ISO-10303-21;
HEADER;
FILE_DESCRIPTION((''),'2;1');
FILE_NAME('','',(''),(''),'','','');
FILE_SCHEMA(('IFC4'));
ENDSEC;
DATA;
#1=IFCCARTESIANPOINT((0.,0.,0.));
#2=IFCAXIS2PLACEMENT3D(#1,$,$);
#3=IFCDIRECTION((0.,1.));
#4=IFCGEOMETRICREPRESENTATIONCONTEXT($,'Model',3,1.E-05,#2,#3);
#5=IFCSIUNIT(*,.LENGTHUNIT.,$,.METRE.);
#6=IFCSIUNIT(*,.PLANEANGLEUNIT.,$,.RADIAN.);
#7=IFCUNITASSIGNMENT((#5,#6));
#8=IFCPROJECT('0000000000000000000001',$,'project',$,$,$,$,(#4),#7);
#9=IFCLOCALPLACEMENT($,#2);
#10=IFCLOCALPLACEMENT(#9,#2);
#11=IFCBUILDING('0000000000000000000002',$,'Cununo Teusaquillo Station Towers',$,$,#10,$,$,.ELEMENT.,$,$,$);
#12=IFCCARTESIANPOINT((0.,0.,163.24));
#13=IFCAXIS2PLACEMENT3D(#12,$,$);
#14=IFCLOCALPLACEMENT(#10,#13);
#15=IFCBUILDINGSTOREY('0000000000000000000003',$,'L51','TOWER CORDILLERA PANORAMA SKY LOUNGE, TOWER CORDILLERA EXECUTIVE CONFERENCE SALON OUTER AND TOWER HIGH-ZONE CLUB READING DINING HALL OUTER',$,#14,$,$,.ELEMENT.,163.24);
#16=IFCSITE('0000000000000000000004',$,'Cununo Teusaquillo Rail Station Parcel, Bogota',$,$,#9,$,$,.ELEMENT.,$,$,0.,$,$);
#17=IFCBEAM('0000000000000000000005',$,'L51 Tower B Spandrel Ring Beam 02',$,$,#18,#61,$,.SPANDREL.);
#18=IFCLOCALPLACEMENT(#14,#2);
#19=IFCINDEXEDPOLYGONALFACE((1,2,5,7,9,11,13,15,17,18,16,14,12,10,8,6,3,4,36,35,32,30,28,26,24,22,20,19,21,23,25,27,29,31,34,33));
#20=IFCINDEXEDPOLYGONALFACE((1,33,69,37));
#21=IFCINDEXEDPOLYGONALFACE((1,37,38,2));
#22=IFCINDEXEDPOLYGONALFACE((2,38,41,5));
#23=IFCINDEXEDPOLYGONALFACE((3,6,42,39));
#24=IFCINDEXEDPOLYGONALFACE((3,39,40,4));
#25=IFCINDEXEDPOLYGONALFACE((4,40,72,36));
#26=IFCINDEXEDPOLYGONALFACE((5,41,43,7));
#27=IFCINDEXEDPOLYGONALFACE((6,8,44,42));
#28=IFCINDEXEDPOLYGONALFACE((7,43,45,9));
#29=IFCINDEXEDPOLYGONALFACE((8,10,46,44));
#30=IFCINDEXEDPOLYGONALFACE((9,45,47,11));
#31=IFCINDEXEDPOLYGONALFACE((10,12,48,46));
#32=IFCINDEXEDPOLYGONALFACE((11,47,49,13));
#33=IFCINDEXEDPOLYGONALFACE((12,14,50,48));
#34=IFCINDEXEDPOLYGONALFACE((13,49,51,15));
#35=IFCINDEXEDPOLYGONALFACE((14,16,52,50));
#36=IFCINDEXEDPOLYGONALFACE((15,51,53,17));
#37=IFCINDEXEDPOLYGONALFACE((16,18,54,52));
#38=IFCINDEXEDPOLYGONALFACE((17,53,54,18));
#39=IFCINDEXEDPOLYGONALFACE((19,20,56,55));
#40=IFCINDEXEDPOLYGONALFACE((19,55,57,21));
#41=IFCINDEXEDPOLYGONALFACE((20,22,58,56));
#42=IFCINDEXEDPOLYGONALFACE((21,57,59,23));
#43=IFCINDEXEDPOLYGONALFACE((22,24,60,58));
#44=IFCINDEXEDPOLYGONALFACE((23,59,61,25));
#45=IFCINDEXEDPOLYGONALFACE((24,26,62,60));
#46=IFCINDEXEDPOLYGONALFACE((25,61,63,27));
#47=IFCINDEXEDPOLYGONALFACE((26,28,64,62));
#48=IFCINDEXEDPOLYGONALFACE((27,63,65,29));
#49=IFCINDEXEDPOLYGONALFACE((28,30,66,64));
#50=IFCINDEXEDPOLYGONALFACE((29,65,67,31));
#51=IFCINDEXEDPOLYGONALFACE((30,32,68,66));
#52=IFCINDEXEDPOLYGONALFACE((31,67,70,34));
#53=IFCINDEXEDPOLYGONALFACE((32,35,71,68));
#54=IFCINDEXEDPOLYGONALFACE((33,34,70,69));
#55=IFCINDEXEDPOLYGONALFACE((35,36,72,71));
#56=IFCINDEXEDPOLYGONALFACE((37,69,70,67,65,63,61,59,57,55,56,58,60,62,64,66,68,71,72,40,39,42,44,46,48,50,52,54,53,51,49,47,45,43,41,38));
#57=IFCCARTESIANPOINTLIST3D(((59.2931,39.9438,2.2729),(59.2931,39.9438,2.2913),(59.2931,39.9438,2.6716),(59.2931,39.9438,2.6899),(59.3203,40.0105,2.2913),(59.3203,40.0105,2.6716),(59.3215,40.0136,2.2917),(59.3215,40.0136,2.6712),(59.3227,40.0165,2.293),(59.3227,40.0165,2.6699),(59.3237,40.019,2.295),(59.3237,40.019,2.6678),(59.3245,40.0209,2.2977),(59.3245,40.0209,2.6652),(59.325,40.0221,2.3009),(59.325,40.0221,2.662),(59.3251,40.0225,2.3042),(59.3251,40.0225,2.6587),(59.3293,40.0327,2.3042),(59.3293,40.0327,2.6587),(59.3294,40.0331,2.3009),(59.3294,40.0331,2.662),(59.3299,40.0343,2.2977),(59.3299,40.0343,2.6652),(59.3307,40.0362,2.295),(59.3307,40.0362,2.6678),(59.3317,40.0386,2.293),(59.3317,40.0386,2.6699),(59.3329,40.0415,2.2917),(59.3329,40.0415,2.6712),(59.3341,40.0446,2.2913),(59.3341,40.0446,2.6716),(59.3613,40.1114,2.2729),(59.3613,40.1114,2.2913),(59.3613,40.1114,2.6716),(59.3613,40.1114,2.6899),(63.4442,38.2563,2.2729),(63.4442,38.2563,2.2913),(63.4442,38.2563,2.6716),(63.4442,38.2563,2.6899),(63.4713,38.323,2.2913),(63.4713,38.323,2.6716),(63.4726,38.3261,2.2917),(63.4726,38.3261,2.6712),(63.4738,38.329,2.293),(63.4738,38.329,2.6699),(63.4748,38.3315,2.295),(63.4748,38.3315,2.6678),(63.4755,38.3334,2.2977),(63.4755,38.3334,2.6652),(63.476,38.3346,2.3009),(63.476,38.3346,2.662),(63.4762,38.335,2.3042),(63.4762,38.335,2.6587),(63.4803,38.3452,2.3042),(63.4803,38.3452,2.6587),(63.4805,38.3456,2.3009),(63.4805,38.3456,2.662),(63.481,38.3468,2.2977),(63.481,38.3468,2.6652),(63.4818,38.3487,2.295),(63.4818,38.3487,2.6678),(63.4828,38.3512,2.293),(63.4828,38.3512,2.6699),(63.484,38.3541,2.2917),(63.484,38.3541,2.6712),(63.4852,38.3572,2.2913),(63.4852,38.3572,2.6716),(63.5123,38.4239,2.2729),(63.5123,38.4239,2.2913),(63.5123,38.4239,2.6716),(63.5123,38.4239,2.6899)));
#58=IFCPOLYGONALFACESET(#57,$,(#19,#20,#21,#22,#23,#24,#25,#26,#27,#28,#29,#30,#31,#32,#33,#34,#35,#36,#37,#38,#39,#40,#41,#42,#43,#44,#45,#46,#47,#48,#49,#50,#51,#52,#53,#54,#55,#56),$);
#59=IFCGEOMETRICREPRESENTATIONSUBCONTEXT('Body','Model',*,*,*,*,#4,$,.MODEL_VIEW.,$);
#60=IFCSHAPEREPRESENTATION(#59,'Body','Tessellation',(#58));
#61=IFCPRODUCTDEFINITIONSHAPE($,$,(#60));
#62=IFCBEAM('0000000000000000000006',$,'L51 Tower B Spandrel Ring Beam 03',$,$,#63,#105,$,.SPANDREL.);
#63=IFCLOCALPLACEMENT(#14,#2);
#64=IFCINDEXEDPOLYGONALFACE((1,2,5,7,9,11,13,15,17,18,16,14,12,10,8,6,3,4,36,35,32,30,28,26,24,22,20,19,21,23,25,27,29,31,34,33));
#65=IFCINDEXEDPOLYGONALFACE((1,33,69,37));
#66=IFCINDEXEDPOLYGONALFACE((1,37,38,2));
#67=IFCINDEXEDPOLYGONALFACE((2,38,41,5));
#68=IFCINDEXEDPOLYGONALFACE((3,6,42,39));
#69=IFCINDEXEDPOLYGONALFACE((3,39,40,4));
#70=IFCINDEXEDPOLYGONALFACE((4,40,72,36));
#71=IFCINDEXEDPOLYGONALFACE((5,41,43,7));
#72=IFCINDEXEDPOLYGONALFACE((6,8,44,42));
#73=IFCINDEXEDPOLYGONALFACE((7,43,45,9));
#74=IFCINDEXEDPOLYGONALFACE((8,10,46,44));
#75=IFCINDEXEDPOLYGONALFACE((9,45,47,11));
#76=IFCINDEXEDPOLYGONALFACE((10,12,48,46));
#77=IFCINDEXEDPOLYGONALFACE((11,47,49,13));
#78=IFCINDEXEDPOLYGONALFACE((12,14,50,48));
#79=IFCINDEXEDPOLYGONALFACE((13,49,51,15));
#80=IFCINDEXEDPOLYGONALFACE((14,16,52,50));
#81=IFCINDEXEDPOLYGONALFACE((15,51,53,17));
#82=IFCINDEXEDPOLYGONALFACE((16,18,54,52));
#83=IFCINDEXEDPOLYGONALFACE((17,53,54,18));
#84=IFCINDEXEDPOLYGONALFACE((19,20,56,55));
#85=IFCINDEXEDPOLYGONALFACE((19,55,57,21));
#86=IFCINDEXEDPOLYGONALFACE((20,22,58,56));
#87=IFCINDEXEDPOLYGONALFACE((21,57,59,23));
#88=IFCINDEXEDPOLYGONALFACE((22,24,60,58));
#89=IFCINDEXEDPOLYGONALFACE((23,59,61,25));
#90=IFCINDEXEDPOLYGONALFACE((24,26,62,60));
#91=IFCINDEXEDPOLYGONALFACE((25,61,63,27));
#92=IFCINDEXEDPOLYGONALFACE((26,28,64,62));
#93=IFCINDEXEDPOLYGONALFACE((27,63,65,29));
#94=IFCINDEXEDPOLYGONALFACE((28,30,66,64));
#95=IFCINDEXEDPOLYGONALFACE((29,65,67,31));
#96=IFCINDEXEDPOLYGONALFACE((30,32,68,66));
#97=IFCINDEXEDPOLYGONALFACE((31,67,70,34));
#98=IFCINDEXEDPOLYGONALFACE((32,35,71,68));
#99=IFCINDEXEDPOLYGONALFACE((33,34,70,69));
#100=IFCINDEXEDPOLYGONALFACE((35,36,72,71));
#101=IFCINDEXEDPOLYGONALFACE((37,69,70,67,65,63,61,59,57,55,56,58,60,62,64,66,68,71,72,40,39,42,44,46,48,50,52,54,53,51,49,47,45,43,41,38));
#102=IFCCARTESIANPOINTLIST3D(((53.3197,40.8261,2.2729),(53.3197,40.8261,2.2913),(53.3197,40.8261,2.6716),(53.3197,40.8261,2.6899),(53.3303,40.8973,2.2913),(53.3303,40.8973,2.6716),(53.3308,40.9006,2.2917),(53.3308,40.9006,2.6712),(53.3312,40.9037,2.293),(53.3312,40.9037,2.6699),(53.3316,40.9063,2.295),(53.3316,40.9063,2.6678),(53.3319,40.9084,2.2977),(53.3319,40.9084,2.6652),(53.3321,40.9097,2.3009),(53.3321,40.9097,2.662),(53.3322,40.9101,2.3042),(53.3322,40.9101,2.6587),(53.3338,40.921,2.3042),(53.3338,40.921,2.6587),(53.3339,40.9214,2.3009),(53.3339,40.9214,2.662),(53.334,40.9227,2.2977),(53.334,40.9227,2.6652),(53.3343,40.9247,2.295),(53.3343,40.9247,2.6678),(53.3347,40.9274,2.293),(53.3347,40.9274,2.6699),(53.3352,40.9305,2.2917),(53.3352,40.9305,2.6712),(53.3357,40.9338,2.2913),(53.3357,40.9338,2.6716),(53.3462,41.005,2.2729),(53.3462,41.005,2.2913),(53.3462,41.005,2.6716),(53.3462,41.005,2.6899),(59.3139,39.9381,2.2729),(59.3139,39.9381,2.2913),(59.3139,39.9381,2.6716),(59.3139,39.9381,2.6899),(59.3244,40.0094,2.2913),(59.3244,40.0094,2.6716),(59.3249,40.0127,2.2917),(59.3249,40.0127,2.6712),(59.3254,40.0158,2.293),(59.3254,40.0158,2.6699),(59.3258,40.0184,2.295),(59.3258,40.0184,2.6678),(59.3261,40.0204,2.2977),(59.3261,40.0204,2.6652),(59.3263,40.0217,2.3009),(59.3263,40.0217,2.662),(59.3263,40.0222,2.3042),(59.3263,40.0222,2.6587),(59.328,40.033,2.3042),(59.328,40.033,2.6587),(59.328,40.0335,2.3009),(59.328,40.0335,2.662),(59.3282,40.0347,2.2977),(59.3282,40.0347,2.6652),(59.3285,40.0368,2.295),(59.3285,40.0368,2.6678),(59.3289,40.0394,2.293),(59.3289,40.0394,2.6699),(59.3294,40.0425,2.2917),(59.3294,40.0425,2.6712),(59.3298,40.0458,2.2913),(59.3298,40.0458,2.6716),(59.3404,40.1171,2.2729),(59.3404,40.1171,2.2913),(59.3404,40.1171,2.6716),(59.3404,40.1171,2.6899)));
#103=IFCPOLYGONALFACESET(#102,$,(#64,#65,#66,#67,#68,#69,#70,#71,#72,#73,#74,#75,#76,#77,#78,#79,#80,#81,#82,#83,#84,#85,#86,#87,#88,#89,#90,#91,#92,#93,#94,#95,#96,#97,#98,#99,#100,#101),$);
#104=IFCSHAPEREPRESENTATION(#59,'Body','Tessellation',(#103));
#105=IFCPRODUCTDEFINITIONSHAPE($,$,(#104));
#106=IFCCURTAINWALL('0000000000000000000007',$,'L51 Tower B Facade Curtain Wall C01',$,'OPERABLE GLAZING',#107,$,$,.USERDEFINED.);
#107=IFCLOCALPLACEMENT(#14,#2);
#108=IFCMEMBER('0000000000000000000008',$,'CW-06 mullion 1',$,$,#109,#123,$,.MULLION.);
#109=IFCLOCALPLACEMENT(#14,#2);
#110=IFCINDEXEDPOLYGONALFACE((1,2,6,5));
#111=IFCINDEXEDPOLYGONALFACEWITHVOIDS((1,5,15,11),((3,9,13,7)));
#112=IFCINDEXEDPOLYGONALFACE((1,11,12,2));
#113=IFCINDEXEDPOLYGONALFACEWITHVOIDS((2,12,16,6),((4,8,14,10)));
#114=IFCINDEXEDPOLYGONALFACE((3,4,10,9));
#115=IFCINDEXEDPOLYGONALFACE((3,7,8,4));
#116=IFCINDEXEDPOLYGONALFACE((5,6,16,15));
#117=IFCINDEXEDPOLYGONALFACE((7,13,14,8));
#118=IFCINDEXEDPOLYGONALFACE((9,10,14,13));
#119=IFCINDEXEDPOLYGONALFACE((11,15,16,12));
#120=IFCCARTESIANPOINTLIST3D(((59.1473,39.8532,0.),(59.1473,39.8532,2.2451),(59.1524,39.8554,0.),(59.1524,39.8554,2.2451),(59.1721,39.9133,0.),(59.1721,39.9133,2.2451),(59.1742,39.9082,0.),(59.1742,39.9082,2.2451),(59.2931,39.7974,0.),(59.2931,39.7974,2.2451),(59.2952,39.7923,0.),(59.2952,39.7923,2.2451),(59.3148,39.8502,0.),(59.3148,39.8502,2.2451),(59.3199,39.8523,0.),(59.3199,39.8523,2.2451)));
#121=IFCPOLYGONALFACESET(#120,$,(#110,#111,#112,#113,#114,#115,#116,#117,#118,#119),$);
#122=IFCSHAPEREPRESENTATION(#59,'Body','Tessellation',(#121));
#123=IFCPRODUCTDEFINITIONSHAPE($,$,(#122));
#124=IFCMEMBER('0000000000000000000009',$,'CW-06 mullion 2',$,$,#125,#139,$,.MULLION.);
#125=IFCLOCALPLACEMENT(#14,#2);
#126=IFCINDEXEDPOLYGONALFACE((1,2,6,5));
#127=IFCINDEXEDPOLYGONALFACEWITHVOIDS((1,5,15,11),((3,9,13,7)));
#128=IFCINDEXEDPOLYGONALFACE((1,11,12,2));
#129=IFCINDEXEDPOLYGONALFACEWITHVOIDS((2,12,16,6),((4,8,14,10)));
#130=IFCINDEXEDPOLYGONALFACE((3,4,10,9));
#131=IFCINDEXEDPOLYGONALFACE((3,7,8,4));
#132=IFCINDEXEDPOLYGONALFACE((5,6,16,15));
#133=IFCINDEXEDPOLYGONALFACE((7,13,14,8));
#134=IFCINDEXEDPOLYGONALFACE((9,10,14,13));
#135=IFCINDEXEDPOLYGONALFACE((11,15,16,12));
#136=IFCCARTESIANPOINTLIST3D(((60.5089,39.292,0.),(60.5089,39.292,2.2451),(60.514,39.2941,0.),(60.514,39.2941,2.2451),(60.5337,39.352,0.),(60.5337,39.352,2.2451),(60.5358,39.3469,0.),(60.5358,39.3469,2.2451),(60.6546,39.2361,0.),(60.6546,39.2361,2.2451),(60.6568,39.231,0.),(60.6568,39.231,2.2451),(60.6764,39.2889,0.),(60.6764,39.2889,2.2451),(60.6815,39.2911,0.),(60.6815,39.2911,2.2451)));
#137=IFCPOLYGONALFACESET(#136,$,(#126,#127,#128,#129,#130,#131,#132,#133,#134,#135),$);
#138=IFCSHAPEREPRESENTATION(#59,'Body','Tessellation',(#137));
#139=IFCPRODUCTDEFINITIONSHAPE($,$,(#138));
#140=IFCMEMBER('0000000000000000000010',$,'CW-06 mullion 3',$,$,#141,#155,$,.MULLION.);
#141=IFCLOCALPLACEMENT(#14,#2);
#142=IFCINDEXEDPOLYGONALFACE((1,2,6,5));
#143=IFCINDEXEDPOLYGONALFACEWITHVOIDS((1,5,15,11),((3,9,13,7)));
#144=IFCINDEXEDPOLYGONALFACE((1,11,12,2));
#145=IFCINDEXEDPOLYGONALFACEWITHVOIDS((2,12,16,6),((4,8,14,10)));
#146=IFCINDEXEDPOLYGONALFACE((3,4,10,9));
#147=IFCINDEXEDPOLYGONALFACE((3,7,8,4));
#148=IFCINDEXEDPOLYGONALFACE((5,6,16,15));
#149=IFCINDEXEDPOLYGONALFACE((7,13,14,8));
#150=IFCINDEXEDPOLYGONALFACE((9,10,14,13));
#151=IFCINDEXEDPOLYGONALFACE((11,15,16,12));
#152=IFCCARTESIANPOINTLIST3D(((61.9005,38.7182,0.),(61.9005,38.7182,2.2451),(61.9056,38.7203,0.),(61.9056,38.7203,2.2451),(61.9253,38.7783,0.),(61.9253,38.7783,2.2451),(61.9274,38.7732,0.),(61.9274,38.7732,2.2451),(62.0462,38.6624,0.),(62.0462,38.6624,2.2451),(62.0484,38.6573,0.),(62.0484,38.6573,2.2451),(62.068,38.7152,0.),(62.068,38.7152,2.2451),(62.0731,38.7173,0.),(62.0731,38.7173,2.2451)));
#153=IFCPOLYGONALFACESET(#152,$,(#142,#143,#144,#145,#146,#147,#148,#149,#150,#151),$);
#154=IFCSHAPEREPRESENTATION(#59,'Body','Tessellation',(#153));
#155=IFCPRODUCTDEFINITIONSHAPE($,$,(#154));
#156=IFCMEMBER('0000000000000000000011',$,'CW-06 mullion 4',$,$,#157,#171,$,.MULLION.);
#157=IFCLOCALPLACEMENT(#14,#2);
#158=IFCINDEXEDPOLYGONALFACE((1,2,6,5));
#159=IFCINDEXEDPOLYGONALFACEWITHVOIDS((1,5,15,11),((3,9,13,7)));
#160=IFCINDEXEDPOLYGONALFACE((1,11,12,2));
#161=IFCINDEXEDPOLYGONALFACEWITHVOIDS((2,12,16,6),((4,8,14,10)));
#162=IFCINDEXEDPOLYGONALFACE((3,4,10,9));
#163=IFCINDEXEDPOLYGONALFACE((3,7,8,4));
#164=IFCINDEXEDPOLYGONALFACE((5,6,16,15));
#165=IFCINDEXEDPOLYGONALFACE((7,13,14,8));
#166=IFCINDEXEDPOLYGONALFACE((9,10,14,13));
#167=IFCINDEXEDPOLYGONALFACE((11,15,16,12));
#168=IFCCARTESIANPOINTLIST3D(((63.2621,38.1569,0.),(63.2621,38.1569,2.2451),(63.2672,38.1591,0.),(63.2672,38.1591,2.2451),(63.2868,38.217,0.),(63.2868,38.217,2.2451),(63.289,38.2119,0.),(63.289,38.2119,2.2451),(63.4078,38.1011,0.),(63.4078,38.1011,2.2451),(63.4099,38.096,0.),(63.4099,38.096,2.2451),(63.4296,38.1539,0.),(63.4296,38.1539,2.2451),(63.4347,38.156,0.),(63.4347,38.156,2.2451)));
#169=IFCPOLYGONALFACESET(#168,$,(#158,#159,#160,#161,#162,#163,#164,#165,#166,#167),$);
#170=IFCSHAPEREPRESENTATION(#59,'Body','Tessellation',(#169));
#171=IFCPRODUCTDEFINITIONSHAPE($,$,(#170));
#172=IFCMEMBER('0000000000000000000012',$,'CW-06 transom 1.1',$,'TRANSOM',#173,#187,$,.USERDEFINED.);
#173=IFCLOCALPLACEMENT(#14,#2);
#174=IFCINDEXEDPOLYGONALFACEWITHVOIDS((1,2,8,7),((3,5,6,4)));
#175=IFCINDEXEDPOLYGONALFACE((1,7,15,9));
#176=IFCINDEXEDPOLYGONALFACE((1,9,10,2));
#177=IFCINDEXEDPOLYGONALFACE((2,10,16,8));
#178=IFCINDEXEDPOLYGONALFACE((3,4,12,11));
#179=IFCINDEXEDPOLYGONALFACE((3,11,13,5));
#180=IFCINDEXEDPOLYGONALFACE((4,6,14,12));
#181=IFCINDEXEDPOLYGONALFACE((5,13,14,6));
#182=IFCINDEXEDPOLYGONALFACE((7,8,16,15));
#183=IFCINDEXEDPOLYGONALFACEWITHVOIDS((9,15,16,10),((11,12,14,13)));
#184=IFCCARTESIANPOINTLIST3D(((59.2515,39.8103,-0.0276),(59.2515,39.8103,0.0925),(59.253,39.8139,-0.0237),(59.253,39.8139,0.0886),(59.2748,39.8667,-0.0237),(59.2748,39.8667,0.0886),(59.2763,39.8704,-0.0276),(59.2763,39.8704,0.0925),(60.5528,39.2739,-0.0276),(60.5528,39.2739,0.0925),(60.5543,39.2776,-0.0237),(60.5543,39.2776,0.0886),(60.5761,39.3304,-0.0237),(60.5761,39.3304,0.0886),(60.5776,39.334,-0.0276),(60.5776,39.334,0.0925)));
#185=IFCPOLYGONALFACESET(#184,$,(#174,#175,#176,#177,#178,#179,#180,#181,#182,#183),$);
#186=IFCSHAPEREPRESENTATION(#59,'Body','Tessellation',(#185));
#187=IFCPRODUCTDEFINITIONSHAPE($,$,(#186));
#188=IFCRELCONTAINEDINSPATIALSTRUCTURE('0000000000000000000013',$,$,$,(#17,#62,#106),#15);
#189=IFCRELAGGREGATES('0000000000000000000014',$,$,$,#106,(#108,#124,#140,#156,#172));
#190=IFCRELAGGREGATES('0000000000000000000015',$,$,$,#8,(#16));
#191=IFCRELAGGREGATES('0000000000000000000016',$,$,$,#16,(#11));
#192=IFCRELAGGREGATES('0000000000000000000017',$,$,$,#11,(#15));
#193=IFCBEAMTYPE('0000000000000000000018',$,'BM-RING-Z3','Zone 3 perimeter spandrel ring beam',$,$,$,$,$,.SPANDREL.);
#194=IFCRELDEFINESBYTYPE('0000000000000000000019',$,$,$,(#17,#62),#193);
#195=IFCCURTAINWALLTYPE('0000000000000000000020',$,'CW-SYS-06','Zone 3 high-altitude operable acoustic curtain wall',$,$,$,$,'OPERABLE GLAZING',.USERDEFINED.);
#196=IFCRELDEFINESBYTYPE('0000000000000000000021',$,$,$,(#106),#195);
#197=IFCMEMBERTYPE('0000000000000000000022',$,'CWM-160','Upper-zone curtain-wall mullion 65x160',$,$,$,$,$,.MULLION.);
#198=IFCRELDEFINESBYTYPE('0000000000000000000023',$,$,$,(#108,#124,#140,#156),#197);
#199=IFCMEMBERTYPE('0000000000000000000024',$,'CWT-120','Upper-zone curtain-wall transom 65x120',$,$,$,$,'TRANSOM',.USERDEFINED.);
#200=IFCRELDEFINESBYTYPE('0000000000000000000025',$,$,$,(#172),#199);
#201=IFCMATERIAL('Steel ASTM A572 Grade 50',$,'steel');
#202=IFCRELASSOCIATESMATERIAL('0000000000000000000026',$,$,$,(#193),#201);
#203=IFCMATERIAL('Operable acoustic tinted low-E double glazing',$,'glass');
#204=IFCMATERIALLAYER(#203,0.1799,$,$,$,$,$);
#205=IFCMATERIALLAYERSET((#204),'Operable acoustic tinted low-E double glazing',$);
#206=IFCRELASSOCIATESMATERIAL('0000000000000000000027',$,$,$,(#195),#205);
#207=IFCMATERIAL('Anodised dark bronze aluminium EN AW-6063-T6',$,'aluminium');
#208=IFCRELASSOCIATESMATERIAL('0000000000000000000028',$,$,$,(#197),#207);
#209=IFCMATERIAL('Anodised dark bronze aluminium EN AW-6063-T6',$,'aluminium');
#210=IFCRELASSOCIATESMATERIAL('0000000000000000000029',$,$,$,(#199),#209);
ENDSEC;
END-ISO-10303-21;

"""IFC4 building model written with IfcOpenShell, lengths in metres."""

from ifc_helpers import new_model, si_unit, direction, frame, origin, origin_2d, place, context, subcontext, project, spatial, hollow_rectangle, i_section, extrude, material, layer, layer_set, material_profile, profile_set, type_object, element, aggregate, save


model = new_model("IFC4")

# Units and contexts
model_context = context("Model", 3, precision=1e-05, world=origin(), true_north=direction((0.0, 1.0)))
body_context = subcontext(model_context, "Body", "Model", "MODEL_VIEW")
ifc_project = project(units=[si_unit("LENGTHUNIT", "METRE"), si_unit("PLANEANGLEUNIT", "RADIAN")], contexts=[model_context])

# Site, building, storey
site_placement = place(None, origin())
site = spatial("IfcSite", under=ifc_project, at=site_placement, Name="Cununo Teusaquillo Rail Station Parcel, Bogota", CompositionType="ELEMENT", RefElevation=0.0)
building_placement = place(site_placement, origin())
building = spatial("IfcBuilding", under=site, at=building_placement, Name="Cununo Teusaquillo Station Towers", CompositionType="ELEMENT")
storey_placement = place(building_placement, frame((0.0, 0.0, 163.24)))
storey = spatial("IfcBuildingStorey", under=building, at=storey_placement, Name="L51", Description="TOWER CORDILLERA PANORAMA SKY LOUNGE, TOWER CORDILLERA EXECUTIVE CONFERENCE SALON OUTER AND TOWER HIGH-ZONE CLUB READING DINING HALL OUTER", CompositionType="ELEMENT", Elevation=163.24)

# Beams
ifc_material_1 = material(Name="Steel ASTM A572 Grade 50", Category="steel")
ifc_material_profile_1 = material_profile(ifc_material_1, i_section(OverallWidth=0.1809, OverallDepth=0.417, WebThickness=0.011, FlangeThickness=0.0183, FilletRadius=0.0129, at=origin_2d()), Name="W16X57")
ifc_profile_set_1 = profile_set([ifc_material_profile_1], Name="Steel ASTM A572 Grade 50")
beam_type_1 = type_object("IfcBeamType", Name="BM-RING-Z3", Description="Zone 3 perimeter spandrel ring beam", PredefinedType="SPANDREL", material=ifc_profile_set_1)
beam_1_placement = place(storey_placement, frame((63.4783, 38.3401, 2.4814), z_axis=(-0.92638, 0.376589, 0.0), x_axis=(-0.376589, -0.92638, 0.0)))
element("IfcBeam", 1, at=beam_1_placement, inside=storey, type_object=beam_type_1, Name="L51 Tower B Spandrel Ring Beam 02", PredefinedType="SPANDREL", context=body_context, shape_type="SweptSolid", body=[
    extrude(i_section(OverallWidth=0.1809, OverallDepth=0.417, WebThickness=0.011, FlangeThickness=0.0183, FilletRadius=0.0129, at=origin_2d()), origin(), (0.0, 0.0, 1.0), 4.481),
])
beam_2_placement = place(storey_placement, frame((59.3271, 40.0276, 2.4814), z_axis=(-0.989205, 0.146536, 0.0), x_axis=(-0.146536, -0.989205, 0.0)))
element("IfcBeam", 2, at=beam_2_placement, inside=storey, type_object=beam_type_1, Name="L51 Tower B Spandrel Ring Beam 03", PredefinedType="SPANDREL", context=body_context, shape_type="SweptSolid", body=[
    extrude(i_section(OverallWidth=0.1809, OverallDepth=0.417, WebThickness=0.011, FlangeThickness=0.0183, FilletRadius=0.0129, at=origin_2d()), origin(), (0.0, 0.0, 1.0), 6.0596),
])

# Curtain wall, members
ifc_material_2 = material(Name="Operable acoustic tinted low-E double glazing", Category="glass")
ifc_layer_1 = layer(ifc_material_2, 0.1799)
ifc_layer_set_1 = layer_set([ifc_layer_1], Name="Operable acoustic tinted low-E double glazing")
curtain_wall_type = type_object("IfcCurtainWallType", Name="CW-SYS-06", Description="Zone 3 high-altitude operable acoustic curtain wall", ElementType="OPERABLE GLAZING", PredefinedType="USERDEFINED", material=ifc_layer_set_1)
curtain_wall_placement = place(storey_placement, origin())
curtain_wall = element("IfcCurtainWall", 3, at=curtain_wall_placement, inside=storey, type_object=curtain_wall_type, Name="L51 Tower B Facade Curtain Wall C01", ObjectType="OPERABLE GLAZING", PredefinedType="USERDEFINED")
ifc_material_3 = material(Name="Anodised dark bronze aluminium EN AW-6063-T6", Category="aluminium")
ifc_material_profile_2 = material_profile(ifc_material_3, hollow_rectangle(XDim=0.0649, YDim=0.1599, WallThickness=0.0039, at=origin_2d()), Name="CW-MULL-65x160")
ifc_profile_set_2 = profile_set([ifc_material_profile_2], Name="Anodised dark bronze aluminium EN AW-6063-T6")
member_type_1 = type_object("IfcMemberType", Name="CWM-160", Description="Upper-zone curtain-wall mullion 65x160", PredefinedType="MULLION", material=ifc_profile_set_2)
member_1_placement = place(storey_placement, frame((59.2336, 39.8528, 0.0), z_axis=(0.0, 0.0, 1.0), x_axis=(0.381122, 0.924525, 0.0)))
member_1 = element("IfcMember", 4, at=member_1_placement, type_object=member_type_1, Name="CW-06 mullion 1", PredefinedType="MULLION", context=body_context, shape_type="SweptSolid", body=[
    extrude(hollow_rectangle(XDim=0.0649, YDim=0.1599, WallThickness=0.0039, at=origin_2d()), origin(), (0.0, 0.0, 1.0), 2.2451),
])
member_2_placement = place(storey_placement, frame((60.5952, 39.2915, 0.0), z_axis=(0.0, 0.0, 1.0), x_axis=(0.381122, 0.924525, 0.0)))
member_2 = element("IfcMember", 5, at=member_2_placement, type_object=member_type_1, Name="CW-06 mullion 2", PredefinedType="MULLION", context=body_context, shape_type="SweptSolid", body=[
    extrude(hollow_rectangle(XDim=0.0649, YDim=0.1599, WallThickness=0.0039, at=origin_2d()), origin(), (0.0, 0.0, 1.0), 2.2451),
])
member_3_placement = place(storey_placement, frame((61.9868, 38.7178, 0.0), z_axis=(0.0, 0.0, 1.0), x_axis=(0.381122, 0.924525, 0.0)))
member_3 = element("IfcMember", 6, at=member_3_placement, type_object=member_type_1, Name="CW-06 mullion 3", PredefinedType="MULLION", context=body_context, shape_type="SweptSolid", body=[
    extrude(hollow_rectangle(XDim=0.0649, YDim=0.1599, WallThickness=0.0039, at=origin_2d()), origin(), (0.0, 0.0, 1.0), 2.2451),
])
member_4_placement = place(storey_placement, frame((63.3484, 38.1565, 0.0), z_axis=(0.0, 0.0, 1.0), x_axis=(0.381122, 0.924525, 0.0)))
member_4 = element("IfcMember", 7, at=member_4_placement, type_object=member_type_1, Name="CW-06 mullion 4", PredefinedType="MULLION", context=body_context, shape_type="SweptSolid", body=[
    extrude(hollow_rectangle(XDim=0.0649, YDim=0.1599, WallThickness=0.0039, at=origin_2d()), origin(), (0.0, 0.0, 1.0), 2.2451),
])
ifc_material_4 = material(Name="Anodised dark bronze aluminium EN AW-6063-T6", Category="aluminium")
ifc_material_profile_3 = material_profile(ifc_material_4, hollow_rectangle(XDim=0.0649, YDim=0.1201, WallThickness=0.0039, at=origin_2d()), Name="CW-TRAN-65x120")
ifc_profile_set_3 = profile_set([ifc_material_profile_3], Name="Anodised dark bronze aluminium EN AW-6063-T6")
member_type_2 = type_object("IfcMemberType", Name="CWT-120", Description="Upper-zone curtain-wall transom 65x120", ElementType="TRANSOM", PredefinedType="USERDEFINED", material=ifc_profile_set_3)
member_5_placement = place(storey_placement, frame((59.2639, 39.8403, 0.0325), z_axis=(0.924538, -0.38109, 0.0), x_axis=(0.38109, 0.924538, 0.0)))
member_5 = element("IfcMember", 8, at=member_5_placement, type_object=member_type_2, Name="CW-06 transom 1.1", ObjectType="TRANSOM", PredefinedType="USERDEFINED", context=body_context, shape_type="SweptSolid", body=[
    extrude(hollow_rectangle(XDim=0.0649, YDim=0.1201, WallThickness=0.0039, at=origin_2d()), origin(), (0.0, 0.0, 1.0), 1.4075),
])
aggregate(curtain_wall, [member_1, member_2, member_3, member_4, member_5])

save(model, "model.ifc")
